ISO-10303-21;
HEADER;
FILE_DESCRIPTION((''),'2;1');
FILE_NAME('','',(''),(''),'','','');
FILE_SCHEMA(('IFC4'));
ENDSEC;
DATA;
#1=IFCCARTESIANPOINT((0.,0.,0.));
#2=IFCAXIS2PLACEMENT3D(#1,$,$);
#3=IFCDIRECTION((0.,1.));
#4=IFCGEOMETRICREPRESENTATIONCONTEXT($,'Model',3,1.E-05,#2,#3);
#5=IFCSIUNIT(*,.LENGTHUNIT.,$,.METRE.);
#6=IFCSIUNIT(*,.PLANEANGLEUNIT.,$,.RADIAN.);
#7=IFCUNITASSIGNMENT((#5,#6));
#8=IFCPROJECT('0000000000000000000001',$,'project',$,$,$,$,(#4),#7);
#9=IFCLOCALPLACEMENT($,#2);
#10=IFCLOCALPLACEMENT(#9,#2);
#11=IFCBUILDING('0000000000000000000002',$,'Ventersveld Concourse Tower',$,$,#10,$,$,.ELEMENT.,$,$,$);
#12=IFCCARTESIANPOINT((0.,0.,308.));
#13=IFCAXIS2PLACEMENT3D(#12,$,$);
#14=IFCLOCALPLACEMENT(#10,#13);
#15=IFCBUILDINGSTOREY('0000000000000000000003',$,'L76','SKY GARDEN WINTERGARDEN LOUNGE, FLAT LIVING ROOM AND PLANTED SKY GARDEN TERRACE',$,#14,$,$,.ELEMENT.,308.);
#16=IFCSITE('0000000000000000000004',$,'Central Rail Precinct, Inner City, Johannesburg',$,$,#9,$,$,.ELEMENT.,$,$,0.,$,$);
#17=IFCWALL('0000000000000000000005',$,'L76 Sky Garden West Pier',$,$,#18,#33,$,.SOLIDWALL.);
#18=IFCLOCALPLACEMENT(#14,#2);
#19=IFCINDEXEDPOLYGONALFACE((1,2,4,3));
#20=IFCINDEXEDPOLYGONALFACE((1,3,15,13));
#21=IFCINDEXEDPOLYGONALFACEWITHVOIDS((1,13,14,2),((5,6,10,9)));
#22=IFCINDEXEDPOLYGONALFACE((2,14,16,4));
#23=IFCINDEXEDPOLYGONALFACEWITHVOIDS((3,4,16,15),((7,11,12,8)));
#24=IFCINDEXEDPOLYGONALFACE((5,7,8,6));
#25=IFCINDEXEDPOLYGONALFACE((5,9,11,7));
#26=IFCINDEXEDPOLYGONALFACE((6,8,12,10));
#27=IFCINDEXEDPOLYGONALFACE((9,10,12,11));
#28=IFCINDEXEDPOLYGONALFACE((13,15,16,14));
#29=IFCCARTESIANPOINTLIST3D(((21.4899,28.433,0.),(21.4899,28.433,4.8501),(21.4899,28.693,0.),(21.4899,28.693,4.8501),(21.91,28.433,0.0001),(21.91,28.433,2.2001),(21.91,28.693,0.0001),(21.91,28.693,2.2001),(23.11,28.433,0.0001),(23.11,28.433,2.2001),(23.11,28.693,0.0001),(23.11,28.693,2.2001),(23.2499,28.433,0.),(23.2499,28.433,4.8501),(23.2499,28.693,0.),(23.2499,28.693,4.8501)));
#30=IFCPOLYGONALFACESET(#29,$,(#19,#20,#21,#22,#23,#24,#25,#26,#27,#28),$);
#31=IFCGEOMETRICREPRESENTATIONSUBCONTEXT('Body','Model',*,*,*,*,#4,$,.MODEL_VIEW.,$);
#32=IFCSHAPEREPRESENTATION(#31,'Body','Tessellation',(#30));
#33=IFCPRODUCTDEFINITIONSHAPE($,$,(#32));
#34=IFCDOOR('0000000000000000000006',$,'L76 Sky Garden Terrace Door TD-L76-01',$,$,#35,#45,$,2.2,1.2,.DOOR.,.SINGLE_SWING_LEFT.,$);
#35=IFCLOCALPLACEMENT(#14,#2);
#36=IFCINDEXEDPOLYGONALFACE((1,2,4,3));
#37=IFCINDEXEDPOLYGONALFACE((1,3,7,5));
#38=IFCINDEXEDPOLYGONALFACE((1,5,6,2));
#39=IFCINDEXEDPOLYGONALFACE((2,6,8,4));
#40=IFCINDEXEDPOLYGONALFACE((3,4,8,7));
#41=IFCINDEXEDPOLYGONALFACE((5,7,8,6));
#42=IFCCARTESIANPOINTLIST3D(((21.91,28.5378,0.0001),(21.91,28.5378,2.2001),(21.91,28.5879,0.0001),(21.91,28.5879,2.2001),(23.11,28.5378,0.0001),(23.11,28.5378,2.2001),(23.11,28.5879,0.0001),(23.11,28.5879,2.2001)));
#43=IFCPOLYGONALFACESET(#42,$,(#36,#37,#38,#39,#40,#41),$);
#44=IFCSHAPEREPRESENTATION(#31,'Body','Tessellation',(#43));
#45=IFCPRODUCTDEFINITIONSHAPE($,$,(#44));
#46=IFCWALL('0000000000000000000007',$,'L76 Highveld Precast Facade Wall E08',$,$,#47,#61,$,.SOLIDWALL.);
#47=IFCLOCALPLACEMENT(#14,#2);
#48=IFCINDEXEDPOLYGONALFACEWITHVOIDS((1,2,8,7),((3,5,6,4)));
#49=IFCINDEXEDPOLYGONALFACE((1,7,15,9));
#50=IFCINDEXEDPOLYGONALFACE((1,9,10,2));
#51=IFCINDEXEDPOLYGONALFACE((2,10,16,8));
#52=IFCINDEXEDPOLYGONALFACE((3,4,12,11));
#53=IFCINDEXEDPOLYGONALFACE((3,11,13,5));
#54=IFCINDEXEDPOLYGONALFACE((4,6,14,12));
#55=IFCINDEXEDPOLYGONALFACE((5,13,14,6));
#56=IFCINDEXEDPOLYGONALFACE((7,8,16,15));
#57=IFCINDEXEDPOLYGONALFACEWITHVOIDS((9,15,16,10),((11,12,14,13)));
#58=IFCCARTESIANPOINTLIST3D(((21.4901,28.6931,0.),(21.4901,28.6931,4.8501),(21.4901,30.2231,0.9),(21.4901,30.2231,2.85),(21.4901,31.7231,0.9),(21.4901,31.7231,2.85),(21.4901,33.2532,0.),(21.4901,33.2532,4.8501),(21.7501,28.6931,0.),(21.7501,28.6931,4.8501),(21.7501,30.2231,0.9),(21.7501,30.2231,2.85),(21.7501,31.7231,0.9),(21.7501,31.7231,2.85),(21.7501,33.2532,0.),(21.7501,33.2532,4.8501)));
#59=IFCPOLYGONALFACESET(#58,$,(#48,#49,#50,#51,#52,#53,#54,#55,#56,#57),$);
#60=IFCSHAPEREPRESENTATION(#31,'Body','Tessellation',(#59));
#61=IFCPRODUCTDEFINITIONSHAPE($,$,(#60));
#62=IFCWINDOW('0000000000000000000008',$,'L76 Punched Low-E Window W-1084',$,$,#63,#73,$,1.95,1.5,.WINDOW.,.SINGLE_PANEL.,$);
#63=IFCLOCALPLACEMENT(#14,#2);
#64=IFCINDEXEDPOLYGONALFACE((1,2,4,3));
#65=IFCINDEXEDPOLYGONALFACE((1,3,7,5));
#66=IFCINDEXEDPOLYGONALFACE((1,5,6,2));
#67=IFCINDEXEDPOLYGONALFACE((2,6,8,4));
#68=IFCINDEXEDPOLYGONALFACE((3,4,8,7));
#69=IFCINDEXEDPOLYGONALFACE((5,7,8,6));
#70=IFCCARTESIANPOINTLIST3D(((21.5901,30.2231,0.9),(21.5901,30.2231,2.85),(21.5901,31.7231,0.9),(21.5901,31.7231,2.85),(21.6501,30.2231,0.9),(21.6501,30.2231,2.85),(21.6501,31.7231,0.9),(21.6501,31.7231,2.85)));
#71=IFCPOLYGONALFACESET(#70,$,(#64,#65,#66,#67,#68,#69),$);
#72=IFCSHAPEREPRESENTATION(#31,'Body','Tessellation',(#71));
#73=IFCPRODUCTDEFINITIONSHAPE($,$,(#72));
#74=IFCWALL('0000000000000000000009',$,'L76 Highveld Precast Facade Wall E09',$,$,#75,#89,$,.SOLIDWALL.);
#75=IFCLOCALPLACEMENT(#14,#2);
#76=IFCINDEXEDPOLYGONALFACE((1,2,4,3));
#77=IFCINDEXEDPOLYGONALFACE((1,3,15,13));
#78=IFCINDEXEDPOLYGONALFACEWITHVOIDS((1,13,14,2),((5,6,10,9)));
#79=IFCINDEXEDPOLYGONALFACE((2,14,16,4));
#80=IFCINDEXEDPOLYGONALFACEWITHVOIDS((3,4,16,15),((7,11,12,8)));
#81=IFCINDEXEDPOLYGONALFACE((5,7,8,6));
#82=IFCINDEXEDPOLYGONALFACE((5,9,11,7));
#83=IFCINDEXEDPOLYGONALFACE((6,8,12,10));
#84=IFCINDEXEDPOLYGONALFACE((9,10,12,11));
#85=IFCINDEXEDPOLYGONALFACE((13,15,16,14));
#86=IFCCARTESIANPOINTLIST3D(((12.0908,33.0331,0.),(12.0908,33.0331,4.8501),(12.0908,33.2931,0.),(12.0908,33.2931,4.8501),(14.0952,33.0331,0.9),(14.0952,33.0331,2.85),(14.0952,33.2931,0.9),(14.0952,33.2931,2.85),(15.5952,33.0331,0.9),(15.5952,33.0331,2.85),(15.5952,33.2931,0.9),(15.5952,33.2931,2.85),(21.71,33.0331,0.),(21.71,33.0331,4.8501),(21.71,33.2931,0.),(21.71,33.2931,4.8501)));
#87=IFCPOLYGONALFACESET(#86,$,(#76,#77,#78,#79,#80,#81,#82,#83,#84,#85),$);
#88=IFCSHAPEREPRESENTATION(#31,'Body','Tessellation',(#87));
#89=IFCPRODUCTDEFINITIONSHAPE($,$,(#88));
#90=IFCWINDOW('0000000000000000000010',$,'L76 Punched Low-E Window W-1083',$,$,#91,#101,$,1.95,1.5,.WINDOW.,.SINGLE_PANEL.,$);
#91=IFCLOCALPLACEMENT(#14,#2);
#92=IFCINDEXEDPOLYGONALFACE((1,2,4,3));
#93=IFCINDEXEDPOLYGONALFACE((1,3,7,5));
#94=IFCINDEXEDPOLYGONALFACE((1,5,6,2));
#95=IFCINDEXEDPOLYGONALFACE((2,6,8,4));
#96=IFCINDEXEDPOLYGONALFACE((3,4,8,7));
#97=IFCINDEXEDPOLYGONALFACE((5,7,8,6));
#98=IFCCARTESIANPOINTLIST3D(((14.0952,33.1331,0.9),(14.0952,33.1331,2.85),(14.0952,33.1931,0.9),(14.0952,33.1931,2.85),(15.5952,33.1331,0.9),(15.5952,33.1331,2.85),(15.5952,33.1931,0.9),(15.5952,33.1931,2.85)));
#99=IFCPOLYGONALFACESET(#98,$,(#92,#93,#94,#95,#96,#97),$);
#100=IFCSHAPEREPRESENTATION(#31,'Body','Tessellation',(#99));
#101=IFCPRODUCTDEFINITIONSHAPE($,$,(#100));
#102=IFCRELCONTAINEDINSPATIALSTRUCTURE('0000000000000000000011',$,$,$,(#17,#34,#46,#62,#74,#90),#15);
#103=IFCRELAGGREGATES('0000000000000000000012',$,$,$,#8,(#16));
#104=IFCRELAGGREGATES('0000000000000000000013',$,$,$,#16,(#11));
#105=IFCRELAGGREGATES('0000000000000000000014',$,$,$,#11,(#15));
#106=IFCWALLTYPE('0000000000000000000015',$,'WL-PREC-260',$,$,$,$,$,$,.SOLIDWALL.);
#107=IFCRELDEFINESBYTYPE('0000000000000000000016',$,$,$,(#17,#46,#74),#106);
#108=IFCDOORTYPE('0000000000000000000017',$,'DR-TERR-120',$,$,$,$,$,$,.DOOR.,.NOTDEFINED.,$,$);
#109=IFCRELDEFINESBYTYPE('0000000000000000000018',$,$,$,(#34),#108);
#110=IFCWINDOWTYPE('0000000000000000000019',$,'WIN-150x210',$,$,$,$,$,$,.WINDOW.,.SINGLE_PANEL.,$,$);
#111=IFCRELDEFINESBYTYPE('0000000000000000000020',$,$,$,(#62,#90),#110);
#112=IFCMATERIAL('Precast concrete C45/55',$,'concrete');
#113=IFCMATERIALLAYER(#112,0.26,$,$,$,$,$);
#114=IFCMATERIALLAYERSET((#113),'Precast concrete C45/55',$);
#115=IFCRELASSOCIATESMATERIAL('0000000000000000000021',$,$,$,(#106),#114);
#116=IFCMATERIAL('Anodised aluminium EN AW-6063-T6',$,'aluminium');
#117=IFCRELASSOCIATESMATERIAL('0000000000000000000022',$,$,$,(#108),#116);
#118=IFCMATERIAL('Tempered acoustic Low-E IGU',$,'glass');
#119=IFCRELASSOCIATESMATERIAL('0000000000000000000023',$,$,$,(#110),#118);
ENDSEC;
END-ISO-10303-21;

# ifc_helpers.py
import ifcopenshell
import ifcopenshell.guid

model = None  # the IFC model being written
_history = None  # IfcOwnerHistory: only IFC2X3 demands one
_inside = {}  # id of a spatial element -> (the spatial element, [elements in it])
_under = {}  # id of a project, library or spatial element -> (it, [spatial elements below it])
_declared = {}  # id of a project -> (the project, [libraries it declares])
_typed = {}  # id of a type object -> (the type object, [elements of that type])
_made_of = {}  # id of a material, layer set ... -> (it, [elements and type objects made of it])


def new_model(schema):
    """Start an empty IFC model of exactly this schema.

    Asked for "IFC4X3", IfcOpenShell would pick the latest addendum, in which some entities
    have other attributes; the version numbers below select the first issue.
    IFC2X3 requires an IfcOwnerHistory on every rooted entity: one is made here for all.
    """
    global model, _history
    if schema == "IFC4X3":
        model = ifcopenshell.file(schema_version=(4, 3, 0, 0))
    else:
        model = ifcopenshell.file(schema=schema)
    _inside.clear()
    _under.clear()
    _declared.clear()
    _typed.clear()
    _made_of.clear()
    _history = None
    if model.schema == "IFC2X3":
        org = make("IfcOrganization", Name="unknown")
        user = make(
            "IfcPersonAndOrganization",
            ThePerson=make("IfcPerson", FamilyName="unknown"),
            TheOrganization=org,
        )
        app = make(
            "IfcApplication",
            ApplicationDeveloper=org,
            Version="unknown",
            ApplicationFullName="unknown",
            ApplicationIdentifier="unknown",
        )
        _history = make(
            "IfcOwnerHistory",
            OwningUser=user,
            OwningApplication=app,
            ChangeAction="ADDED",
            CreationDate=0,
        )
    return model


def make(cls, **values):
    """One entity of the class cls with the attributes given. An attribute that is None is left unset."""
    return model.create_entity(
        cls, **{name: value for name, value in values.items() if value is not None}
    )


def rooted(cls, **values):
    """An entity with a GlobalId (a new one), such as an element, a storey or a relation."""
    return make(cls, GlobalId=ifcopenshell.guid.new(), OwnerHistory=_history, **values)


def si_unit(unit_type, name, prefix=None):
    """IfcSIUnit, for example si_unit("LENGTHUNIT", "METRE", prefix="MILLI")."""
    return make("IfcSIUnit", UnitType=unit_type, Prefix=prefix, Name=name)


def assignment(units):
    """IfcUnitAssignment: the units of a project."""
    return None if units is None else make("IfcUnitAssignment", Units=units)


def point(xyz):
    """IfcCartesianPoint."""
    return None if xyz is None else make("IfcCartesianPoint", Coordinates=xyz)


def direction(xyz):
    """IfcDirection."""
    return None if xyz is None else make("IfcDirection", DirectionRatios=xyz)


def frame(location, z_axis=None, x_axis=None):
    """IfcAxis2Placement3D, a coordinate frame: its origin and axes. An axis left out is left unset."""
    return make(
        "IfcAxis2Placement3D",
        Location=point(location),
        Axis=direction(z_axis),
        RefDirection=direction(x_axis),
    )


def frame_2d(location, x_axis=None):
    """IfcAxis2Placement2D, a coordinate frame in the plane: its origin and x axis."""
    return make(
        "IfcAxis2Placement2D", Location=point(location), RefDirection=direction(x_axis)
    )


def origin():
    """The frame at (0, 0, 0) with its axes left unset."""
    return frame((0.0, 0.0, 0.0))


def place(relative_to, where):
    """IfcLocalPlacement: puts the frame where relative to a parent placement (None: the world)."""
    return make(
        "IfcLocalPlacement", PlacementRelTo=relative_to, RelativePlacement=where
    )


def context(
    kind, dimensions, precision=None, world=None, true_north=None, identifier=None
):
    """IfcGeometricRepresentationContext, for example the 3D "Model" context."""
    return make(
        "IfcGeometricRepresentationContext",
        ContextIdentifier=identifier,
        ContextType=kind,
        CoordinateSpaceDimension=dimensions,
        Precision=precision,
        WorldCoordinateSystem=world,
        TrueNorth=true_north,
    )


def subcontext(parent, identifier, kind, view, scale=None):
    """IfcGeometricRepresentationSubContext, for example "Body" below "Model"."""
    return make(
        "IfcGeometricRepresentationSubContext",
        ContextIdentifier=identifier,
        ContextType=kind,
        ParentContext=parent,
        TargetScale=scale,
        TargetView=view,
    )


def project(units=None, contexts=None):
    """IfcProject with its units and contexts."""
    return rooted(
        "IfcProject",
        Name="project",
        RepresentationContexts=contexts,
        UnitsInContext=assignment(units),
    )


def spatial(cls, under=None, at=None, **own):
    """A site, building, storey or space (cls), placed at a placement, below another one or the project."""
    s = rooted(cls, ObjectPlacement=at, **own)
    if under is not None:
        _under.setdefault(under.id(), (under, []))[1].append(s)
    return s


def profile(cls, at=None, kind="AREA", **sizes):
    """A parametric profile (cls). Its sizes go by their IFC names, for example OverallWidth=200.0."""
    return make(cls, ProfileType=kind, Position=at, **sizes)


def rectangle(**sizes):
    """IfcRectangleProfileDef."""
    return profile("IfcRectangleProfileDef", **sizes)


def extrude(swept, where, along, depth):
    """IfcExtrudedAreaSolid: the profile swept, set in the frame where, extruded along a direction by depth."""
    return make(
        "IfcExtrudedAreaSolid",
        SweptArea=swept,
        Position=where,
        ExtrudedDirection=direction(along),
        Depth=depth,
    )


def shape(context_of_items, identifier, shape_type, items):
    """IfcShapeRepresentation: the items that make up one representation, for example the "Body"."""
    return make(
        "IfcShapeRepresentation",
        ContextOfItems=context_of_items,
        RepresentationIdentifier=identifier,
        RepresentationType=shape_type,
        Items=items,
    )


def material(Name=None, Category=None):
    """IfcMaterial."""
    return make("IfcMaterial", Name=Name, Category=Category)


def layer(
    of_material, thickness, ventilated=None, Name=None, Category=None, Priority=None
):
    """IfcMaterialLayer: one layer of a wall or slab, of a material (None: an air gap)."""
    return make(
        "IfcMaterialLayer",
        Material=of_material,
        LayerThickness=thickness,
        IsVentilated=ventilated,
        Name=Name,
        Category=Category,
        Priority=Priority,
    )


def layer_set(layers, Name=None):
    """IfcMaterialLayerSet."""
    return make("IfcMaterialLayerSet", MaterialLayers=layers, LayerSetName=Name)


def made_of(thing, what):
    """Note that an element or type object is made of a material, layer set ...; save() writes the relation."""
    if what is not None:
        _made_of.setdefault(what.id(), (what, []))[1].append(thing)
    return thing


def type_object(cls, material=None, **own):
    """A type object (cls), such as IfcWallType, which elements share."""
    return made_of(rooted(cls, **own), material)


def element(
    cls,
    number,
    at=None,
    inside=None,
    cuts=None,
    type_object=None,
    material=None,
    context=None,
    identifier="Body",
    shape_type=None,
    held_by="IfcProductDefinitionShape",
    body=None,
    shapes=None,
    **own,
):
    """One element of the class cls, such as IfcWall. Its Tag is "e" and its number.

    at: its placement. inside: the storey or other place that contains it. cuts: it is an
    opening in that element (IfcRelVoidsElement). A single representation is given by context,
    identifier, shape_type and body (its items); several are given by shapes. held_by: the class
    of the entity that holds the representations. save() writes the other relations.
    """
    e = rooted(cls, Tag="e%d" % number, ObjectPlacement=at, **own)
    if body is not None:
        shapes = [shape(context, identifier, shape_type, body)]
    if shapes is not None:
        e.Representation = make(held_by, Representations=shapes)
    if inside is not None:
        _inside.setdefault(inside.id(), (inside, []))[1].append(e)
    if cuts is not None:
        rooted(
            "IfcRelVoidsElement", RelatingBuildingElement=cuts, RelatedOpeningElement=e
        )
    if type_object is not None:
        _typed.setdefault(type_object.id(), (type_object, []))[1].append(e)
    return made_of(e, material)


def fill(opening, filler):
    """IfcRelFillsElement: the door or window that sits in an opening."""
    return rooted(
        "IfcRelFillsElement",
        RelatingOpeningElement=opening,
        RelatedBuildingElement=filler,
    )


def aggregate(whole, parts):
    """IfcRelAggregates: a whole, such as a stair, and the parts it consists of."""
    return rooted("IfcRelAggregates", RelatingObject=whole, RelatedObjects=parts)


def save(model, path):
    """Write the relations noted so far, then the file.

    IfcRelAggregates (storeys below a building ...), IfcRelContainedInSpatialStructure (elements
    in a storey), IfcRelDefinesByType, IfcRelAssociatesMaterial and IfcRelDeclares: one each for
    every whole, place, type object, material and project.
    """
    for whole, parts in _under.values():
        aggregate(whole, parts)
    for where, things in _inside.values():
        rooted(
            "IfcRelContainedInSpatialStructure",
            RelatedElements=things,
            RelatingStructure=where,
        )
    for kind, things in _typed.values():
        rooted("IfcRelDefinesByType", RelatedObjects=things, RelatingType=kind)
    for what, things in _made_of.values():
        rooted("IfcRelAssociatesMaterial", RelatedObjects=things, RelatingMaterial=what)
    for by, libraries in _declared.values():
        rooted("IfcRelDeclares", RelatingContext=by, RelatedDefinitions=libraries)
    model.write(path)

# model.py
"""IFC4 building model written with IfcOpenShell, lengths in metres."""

from ifc_helpers import new_model, si_unit, direction, frame, frame_2d, origin, place, context, subcontext, project, spatial, rectangle, extrude, material, layer, layer_set, type_object, element, fill, save


model = new_model("IFC4")

# Units and contexts
model_context = context("Model", 3, precision=1e-05, world=origin(), true_north=direction((0.0, 1.0)))
body_context = subcontext(model_context, "Body", "Model", "MODEL_VIEW")
ifc_project = project(units=[si_unit("LENGTHUNIT", "METRE"), si_unit("PLANEANGLEUNIT", "RADIAN")], contexts=[model_context])

# Site, building, storey
site_placement = place(None, origin())
site = spatial("IfcSite", under=ifc_project, at=site_placement, Name="Central Rail Precinct, Inner City, Johannesburg", CompositionType="ELEMENT", RefElevation=0.0)
building_placement = place(site_placement, origin())
building = spatial("IfcBuilding", under=site, at=building_placement, Name="Ventersveld Concourse Tower", CompositionType="ELEMENT")
storey_placement = place(building_placement, frame((0.0, 0.0, 308.0)))
storey = spatial("IfcBuildingStorey", under=building, at=storey_placement, Name="L76", Description="SKY GARDEN WINTERGARDEN LOUNGE, FLAT LIVING ROOM AND PLANTED SKY GARDEN TERRACE", CompositionType="ELEMENT", Elevation=308.0)

# Shared definitions
ifc_material_1 = material(Name="Anodised aluminium EN AW-6063-T6", Category="aluminium")

# Shared definitions
ifc_material_2 = material(Name="Precast concrete C45/55", Category="concrete")

# Wall, opening, door
ifc_layer_1 = layer(ifc_material_2, 0.26)
ifc_layer_set_1 = layer_set([ifc_layer_1], Name="Precast concrete C45/55")
wall_type_1 = type_object("IfcWallType", Name="WL-PREC-260", PredefinedType="SOLIDWALL", material=ifc_layer_set_1)
wall_1_placement = place(storey_placement, frame((21.49, 28.563, 0.0), z_axis=(0.0, 0.0, 1.0), x_axis=(1.0, 0.0, 0.0)))
wall_1 = element("IfcWall", 1, at=wall_1_placement, inside=storey, type_object=wall_type_1, Name="L76 Sky Garden West Pier", PredefinedType="SOLIDWALL", context=body_context, shape_type="SweptSolid", body=[
    extrude(rectangle(XDim=1.76, YDim=0.26, at=frame_2d((0.8799, 0.0))), origin(), (0.0, 0.0, 1.0), 4.8501),
])
opening_1_placement = place(wall_1_placement, frame((0.4199, 0.0, 0.0)))
opening_1 = element("IfcOpeningElement", 2, at=opening_1_placement, cuts=wall_1, PredefinedType="OPENING", context=body_context, shape_type="SweptSolid", body=[
    extrude(rectangle(XDim=1.2, YDim=2.2, at=frame_2d((0.6001, 1.1001))), frame((0.0, 0.1401, 0.0), z_axis=(0.0, -1.0, 0.0), x_axis=(1.0, 0.0, 0.0)), (0.0, 0.0, 1.0), 0.28),
])
door_type = type_object("IfcDoorType", Name="DR-TERR-120", OperationType="NOTDEFINED", PredefinedType="DOOR", material=ifc_material_1)
door_placement = place(opening_1_placement, origin())
door = element("IfcDoor", 3, at=door_placement, inside=storey, type_object=door_type, Name="L76 Sky Garden Terrace Door TD-L76-01", OperationType="SINGLE_SWING_LEFT", OverallHeight=2.2, OverallWidth=1.2, PredefinedType="DOOR", context=body_context, shape_type="SweptSolid", body=[
    extrude(rectangle(XDim=1.2, YDim=2.2, at=frame_2d((0.6001, 1.1001))), frame((0.0, 0.0249, 0.0), z_axis=(0.0, -1.0, 0.0), x_axis=(1.0, 0.0, 0.0)), (0.0, 0.0, 1.0), 0.05),
])
fill(opening_1, door)

# Walls, openings, windows
wall_2_placement = place(storey_placement, frame((21.6201, 28.6931, 0.0), z_axis=(0.0, 0.0, 1.0), x_axis=(0.0, 1.0, 0.0)))
wall_2 = element("IfcWall", 4, at=wall_2_placement, inside=storey, type_object=wall_type_1, Name="L76 Highveld Precast Facade Wall E08", PredefinedType="SOLIDWALL", context=body_context, shape_type="SweptSolid", body=[
    extrude(rectangle(XDim=4.5601, YDim=0.26, at=frame_2d((2.28, 0.0))), origin(), (0.0, 0.0, 1.0), 4.8501),
])
opening_2_placement = place(wall_2_placement, frame((1.53, 0.0, 0.8999)))
opening_2 = element("IfcOpeningElement", 5, at=opening_2_placement, cuts=wall_2, PredefinedType="OPENING", context=body_context, shape_type="SweptSolid", body=[
    extrude(rectangle(XDim=1.5, YDim=1.95, at=frame_2d((0.75, 0.9751))), frame((0.0, 0.1401, 0.0), z_axis=(0.0, -1.0, 0.0), x_axis=(1.0, 0.0, 0.0)), (0.0, 0.0, 1.0), 0.28),
])
ifc_material_3 = material(Name="Tempered acoustic Low-E IGU", Category="glass")
window_type = type_object("IfcWindowType", Name="WIN-150x210", PartitioningType="SINGLE_PANEL", PredefinedType="WINDOW", material=ifc_material_3)
window_1_placement = place(opening_2_placement, origin())
window_1 = element("IfcWindow", 6, at=window_1_placement, inside=storey, type_object=window_type, Name="L76 Punched Low-E Window W-1084", OverallHeight=1.95, OverallWidth=1.5, PartitioningType="SINGLE_PANEL", PredefinedType="WINDOW", context=body_context, shape_type="SweptSolid", body=[
    extrude(rectangle(XDim=1.5, YDim=1.95, at=frame_2d((0.75, 0.9751))), frame((0.0, 0.03, 0.0), z_axis=(0.0, -1.0, 0.0), x_axis=(1.0, 0.0, 0.0)), (0.0, 0.0, 1.0), 0.0601),
])
fill(opening_2, window_1)
wall_3_placement = place(storey_placement, frame((21.71, 33.1631, 0.0), z_axis=(0.0, 0.0, 1.0), x_axis=(-1.0, 0.0, 0.0)))
wall_3 = element("IfcWall", 7, at=wall_3_placement, inside=storey, type_object=wall_type_1, Name="L76 Highveld Precast Facade Wall E09", PredefinedType="SOLIDWALL", context=body_context, shape_type="SweptSolid", body=[
    extrude(rectangle(XDim=9.6191, YDim=0.26, at=frame_2d((4.8096, 0.0))), origin(), (0.0, 0.0, 1.0), 4.8501),
])
opening_3_placement = place(wall_3_placement, frame((6.1147, 0.0, 0.8999)))
opening_3 = element("IfcOpeningElement", 8, at=opening_3_placement, cuts=wall_3, PredefinedType="OPENING", context=body_context, shape_type="SweptSolid", body=[
    extrude(rectangle(XDim=1.5, YDim=1.95, at=frame_2d((0.75, 0.9751))), frame((0.0, 0.1401, 0.0), z_axis=(0.0, -1.0, 0.0), x_axis=(1.0, 0.0, 0.0)), (0.0, 0.0, 1.0), 0.28),
])
window_2_placement = place(opening_3_placement, origin())
window_2 = element("IfcWindow", 9, at=window_2_placement, inside=storey, type_object=window_type, Name="L76 Punched Low-E Window W-1083", OverallHeight=1.95, OverallWidth=1.5, PartitioningType="SINGLE_PANEL", PredefinedType="WINDOW", context=body_context, shape_type="SweptSolid", body=[
    extrude(rectangle(XDim=1.5, YDim=1.95, at=frame_2d((0.75, 0.9751))), frame((0.0, 0.03, 0.0), z_axis=(0.0, -1.0, 0.0), x_axis=(1.0, 0.0, 0.0)), (0.0, 0.0, 1.0), 0.0601),
])
fill(opening_3, window_2)

save(model, "model.ifc")
